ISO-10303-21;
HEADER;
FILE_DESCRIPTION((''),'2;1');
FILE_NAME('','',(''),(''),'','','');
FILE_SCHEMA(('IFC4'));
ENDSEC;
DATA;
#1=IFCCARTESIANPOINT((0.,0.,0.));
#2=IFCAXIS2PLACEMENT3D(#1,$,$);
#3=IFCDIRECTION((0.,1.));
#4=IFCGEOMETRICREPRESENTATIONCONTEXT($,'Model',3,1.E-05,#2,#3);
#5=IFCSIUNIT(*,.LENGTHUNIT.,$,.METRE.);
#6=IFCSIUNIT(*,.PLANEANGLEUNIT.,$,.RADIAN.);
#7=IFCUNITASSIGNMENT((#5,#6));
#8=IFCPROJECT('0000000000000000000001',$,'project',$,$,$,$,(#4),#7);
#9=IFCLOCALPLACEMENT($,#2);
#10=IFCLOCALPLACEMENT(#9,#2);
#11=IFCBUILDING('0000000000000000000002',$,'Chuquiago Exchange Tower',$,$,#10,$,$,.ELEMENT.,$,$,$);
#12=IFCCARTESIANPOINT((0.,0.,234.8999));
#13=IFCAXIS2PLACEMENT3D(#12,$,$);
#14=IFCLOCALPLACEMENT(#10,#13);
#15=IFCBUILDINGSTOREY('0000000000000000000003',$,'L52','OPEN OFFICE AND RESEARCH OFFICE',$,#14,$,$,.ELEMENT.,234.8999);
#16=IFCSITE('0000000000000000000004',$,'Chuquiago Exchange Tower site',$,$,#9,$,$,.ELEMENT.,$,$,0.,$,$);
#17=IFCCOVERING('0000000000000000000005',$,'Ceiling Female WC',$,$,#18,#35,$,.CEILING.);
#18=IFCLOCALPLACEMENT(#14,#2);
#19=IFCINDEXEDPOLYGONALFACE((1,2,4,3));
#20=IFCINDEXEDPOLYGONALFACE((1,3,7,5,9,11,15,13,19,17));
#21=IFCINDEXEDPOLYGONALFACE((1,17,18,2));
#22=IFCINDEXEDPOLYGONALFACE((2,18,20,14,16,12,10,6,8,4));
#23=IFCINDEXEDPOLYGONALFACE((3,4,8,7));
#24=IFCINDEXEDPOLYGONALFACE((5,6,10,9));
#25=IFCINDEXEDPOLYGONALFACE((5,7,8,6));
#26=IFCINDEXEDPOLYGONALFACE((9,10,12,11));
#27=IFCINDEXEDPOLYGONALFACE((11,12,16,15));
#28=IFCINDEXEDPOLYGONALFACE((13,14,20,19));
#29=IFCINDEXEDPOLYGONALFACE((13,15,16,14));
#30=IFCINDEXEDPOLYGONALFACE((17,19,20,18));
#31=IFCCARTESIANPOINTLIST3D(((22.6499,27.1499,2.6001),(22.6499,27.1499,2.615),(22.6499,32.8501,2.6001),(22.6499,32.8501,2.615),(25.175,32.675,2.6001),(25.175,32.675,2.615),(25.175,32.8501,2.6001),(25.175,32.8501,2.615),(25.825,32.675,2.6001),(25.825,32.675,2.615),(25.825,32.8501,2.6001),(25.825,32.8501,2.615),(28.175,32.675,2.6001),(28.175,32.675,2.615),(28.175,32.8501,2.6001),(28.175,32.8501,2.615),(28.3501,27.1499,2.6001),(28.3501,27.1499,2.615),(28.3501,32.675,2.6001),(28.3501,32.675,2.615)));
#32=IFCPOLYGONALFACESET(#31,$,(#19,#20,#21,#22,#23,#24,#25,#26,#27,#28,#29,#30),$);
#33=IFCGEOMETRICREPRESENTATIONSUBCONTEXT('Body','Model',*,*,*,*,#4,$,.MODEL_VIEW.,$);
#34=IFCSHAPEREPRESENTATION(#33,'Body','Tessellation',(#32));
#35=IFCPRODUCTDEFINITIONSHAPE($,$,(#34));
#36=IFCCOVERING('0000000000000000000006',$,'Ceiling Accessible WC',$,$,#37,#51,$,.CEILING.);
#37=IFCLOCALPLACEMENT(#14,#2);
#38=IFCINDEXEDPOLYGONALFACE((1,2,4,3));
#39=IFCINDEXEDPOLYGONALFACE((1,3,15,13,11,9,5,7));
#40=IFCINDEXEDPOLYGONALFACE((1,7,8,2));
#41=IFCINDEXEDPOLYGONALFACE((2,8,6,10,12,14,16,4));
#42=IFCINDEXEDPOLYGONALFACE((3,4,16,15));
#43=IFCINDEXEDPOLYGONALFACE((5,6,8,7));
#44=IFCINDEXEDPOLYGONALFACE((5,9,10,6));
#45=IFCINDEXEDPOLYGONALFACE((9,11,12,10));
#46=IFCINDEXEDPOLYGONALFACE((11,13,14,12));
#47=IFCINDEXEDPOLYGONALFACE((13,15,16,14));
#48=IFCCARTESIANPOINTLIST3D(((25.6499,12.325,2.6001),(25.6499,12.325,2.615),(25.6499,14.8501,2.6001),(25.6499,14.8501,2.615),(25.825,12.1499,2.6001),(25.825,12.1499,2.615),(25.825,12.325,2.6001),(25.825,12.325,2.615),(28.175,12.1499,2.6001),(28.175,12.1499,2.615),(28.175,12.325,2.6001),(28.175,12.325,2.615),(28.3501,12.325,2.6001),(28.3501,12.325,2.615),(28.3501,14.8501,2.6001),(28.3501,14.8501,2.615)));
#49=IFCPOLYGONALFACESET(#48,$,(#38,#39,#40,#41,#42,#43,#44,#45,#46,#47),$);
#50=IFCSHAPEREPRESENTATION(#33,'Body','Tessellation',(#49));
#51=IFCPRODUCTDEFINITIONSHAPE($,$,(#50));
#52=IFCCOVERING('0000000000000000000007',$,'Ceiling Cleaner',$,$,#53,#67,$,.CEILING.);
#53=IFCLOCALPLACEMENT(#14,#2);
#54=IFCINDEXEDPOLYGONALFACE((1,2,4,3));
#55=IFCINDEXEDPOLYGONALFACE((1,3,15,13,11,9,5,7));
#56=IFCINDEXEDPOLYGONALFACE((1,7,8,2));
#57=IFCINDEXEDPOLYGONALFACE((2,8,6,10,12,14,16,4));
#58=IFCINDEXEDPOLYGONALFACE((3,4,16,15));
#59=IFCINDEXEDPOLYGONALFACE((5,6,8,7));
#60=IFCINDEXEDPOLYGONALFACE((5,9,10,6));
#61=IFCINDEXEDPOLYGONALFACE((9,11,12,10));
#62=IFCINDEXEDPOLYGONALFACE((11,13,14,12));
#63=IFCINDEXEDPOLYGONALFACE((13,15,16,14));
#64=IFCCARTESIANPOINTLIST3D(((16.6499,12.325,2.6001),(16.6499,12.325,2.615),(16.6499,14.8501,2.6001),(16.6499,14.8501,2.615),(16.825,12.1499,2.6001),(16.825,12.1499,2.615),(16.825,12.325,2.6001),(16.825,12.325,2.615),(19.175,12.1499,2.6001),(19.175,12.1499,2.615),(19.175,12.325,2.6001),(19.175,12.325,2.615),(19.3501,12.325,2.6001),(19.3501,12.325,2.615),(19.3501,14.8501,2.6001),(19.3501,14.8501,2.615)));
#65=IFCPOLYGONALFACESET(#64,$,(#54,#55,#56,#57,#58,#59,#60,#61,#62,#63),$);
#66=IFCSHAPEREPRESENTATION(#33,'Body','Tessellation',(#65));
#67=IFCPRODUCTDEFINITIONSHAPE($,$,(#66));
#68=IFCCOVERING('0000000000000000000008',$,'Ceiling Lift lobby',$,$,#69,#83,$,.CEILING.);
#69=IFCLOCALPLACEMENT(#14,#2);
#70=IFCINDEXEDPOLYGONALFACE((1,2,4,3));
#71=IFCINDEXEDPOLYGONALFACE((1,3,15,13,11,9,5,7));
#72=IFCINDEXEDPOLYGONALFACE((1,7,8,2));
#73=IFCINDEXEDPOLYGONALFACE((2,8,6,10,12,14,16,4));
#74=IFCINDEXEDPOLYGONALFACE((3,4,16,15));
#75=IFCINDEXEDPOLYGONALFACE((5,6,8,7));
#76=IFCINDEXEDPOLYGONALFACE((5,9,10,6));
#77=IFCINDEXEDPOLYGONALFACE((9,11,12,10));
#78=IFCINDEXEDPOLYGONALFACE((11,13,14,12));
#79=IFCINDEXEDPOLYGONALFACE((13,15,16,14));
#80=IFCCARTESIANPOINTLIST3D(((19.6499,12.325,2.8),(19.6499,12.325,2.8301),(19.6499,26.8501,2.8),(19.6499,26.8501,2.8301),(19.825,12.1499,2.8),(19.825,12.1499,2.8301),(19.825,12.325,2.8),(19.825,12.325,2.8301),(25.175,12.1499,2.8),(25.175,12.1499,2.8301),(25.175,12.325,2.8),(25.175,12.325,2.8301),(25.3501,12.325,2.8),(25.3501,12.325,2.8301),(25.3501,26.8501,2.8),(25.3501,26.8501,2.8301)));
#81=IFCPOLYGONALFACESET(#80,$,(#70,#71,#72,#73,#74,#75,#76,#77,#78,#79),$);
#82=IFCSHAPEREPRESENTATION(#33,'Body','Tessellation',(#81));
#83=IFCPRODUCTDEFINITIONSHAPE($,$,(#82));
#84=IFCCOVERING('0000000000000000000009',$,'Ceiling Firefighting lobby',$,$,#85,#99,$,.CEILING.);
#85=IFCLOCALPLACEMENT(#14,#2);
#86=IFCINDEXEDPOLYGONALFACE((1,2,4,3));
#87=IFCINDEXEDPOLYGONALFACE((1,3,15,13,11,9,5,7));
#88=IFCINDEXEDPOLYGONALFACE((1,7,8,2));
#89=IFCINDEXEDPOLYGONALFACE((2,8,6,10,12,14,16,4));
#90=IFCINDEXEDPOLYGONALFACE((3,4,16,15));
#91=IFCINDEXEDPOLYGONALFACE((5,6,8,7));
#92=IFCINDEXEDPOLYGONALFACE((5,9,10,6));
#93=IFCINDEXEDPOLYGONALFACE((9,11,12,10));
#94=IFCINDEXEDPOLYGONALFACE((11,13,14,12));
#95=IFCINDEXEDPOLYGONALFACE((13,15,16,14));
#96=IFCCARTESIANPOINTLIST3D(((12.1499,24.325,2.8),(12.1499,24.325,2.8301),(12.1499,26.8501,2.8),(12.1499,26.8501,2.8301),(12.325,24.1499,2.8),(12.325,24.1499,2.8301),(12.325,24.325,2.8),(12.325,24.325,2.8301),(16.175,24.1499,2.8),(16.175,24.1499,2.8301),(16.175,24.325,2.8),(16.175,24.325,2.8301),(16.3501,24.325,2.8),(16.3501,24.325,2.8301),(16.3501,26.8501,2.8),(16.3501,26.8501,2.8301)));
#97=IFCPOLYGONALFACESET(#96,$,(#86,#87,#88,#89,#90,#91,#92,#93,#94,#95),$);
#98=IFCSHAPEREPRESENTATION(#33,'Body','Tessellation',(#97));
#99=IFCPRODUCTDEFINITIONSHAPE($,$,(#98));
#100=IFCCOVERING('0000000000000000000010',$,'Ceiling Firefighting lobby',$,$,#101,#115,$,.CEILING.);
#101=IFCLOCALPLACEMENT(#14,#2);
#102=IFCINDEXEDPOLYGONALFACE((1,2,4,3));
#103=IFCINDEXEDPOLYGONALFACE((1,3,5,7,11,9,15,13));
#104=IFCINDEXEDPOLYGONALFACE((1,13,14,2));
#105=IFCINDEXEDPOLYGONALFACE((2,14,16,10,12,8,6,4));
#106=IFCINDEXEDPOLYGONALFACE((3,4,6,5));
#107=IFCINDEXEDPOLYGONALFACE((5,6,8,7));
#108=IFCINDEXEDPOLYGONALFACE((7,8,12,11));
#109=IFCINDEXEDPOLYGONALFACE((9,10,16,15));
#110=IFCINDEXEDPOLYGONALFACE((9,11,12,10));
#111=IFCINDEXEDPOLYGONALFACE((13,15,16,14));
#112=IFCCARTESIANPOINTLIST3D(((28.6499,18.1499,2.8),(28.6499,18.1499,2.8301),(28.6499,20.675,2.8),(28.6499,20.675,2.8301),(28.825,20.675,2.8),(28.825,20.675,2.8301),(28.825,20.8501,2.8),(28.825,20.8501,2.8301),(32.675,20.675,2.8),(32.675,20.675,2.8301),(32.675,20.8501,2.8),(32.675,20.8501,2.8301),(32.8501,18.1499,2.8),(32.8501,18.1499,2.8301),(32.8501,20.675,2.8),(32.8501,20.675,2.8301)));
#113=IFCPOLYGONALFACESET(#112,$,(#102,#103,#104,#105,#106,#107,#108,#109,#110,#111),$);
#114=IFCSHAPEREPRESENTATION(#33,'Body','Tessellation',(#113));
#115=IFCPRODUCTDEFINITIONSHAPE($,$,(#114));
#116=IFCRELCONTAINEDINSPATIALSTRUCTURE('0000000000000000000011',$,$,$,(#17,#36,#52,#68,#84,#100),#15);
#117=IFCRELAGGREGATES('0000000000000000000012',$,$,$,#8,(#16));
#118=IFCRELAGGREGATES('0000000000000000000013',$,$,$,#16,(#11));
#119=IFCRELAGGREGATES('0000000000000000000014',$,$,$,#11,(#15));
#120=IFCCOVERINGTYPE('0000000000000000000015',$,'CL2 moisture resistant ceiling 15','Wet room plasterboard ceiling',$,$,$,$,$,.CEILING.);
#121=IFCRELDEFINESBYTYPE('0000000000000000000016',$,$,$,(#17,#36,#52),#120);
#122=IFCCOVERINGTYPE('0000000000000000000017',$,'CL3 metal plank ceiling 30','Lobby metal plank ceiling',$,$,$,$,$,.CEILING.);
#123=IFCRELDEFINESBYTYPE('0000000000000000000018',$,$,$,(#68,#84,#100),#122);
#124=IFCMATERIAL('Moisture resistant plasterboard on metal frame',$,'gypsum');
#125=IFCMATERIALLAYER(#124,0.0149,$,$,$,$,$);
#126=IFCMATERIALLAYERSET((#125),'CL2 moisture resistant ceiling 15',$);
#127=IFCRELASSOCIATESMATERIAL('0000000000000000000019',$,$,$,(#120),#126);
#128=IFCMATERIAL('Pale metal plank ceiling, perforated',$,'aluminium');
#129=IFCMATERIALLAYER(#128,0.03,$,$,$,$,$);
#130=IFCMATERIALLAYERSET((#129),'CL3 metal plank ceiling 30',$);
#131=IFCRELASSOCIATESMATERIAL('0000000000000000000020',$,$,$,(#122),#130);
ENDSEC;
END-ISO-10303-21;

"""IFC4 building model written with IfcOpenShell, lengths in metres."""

from ifc_helpers import new_model, si_unit, direction, frame, origin, place, context, subcontext, project, spatial, polyline, outline, extrude, material, layer, layer_set, type_object, element, save


model = new_model("IFC4")

# Units and contexts
model_context = context("Model", 3, precision=1e-05, world=origin(), true_north=direction((0.0, 1.0)))
body_context = subcontext(model_context, "Body", "Model", "MODEL_VIEW")
ifc_project = project(units=[si_unit("LENGTHUNIT", "METRE"), si_unit("PLANEANGLEUNIT", "RADIAN")], contexts=[model_context])

# Site, building, storey
site_placement = place(None, origin())
site = spatial("IfcSite", under=ifc_project, at=site_placement, Name="Chuquiago Exchange Tower site", CompositionType="ELEMENT", RefElevation=0.0)
building_placement = place(site_placement, origin())
building = spatial("IfcBuilding", under=site, at=building_placement, Name="Chuquiago Exchange Tower", CompositionType="ELEMENT")
storey_placement = place(building_placement, frame((0.0, 0.0, 234.8999)))
storey = spatial("IfcBuildingStorey", under=building, at=storey_placement, Name="L52", Description="OPEN OFFICE AND RESEARCH OFFICE", CompositionType="ELEMENT", Elevation=234.8999)

# Coverings
ifc_material_1 = material(Name="Moisture resistant plasterboard on metal frame", Category="gypsum")
ifc_layer_1 = layer(ifc_material_1, 0.0149)
ifc_layer_set_1 = layer_set([ifc_layer_1], Name="CL2 moisture resistant ceiling 15")
covering_type_1 = type_object("IfcCoveringType", Name="CL2 moisture resistant ceiling 15", Description="Wet room plasterboard ceiling", PredefinedType="CEILING", material=ifc_layer_set_1)
covering_1_placement = place(storey_placement, frame((0.0, 0.0, 2.6001)))
element("IfcCovering", 1, at=covering_1_placement, inside=storey, type_object=covering_type_1, Name="Ceiling Female WC", PredefinedType="CEILING", context=body_context, shape_type="SweptSolid", body=[
    extrude(outline(polyline([(22.6499, 27.1499), (22.6499, 32.8501), (25.175, 32.8501), (25.175, 32.675), (25.825, 32.675), (25.825, 32.8501), (28.175, 32.8501), (28.175, 32.675), (28.3501, 32.675), (28.3501, 27.1499), (22.6499, 27.1499)])), origin(), (0.0, 0.0, 1.0), 0.0149),
])
covering_2_placement = place(storey_placement, frame((0.0, 0.0, 2.6001)))
element("IfcCovering", 2, at=covering_2_placement, inside=storey, type_object=covering_type_1, Name="Ceiling Accessible WC", PredefinedType="CEILING", context=body_context, shape_type="SweptSolid", body=[
    extrude(outline(polyline([(25.825, 12.1499), (25.825, 12.325), (25.6499, 12.325), (25.6499, 14.8501), (28.3501, 14.8501), (28.3501, 12.325), (28.175, 12.325), (28.175, 12.1499), (25.825, 12.1499)])), origin(), (0.0, 0.0, 1.0), 0.0149),
])
covering_3_placement = place(storey_placement, frame((0.0, 0.0, 2.6001)))
element("IfcCovering", 3, at=covering_3_placement, inside=storey, type_object=covering_type_1, Name="Ceiling Cleaner", PredefinedType="CEILING", context=body_context, shape_type="SweptSolid", body=[
    extrude(outline(polyline([(16.825, 12.1499), (16.825, 12.325), (16.6499, 12.325), (16.6499, 14.8501), (19.3501, 14.8501), (19.3501, 12.325), (19.175, 12.325), (19.175, 12.1499), (16.825, 12.1499)])), origin(), (0.0, 0.0, 1.0), 0.0149),
])
ifc_material_2 = material(Name="Pale metal plank ceiling, perforated", Category="aluminium")
ifc_layer_2 = layer(ifc_material_2, 0.03)
ifc_layer_set_2 = layer_set([ifc_layer_2], Name="CL3 metal plank ceiling 30")
covering_type_2 = type_object("IfcCoveringType", Name="CL3 metal plank ceiling 30", Description="Lobby metal plank ceiling", PredefinedType="CEILING", material=ifc_layer_set_2)
covering_4_placement = place(storey_placement, frame((0.0, 0.0, 2.8)))
element("IfcCovering", 4, at=covering_4_placement, inside=storey, type_object=covering_type_2, Name="Ceiling Lift lobby", PredefinedType="CEILING", context=body_context, shape_type="SweptSolid", body=[
    extrude(outline(polyline([(19.825, 12.1499), (19.825, 12.325), (19.6499, 12.325), (19.6499, 26.8501), (25.3501, 26.8501), (25.3501, 12.325), (25.175, 12.325), (25.175, 12.1499), (19.825, 12.1499)])), origin(), (0.0, 0.0, 1.0), 0.03),
])
covering_5_placement = place(storey_placement, frame((0.0, 0.0, 2.8)))
element("IfcCovering", 5, at=covering_5_placement, inside=storey, type_object=covering_type_2, Name="Ceiling Firefighting lobby", PredefinedType="CEILING", context=body_context, shape_type="SweptSolid", body=[
    extrude(outline(polyline([(12.325, 24.1499), (12.325, 24.325), (12.1499, 24.325), (12.1499, 26.8501), (16.3501, 26.8501), (16.3501, 24.325), (16.175, 24.325), (16.175, 24.1499), (12.325, 24.1499)])), origin(), (0.0, 0.0, 1.0), 0.03),
])
covering_6_placement = place(storey_placement, frame((0.0, 0.0, 2.8)))
element("IfcCovering", 6, at=covering_6_placement, inside=storey, type_object=covering_type_2, Name="Ceiling Firefighting lobby", PredefinedType="CEILING", context=body_context, shape_type="SweptSolid", body=[
    extrude(outline(polyline([(28.6499, 18.1499), (28.6499, 20.675), (28.825, 20.675), (28.825, 20.8501), (32.675, 20.8501), (32.675, 20.675), (32.8501, 20.675), (32.8501, 18.1499), (28.6499, 18.1499)])), origin(), (0.0, 0.0, 1.0), 0.03),
])

save(model, "model.ifc")
